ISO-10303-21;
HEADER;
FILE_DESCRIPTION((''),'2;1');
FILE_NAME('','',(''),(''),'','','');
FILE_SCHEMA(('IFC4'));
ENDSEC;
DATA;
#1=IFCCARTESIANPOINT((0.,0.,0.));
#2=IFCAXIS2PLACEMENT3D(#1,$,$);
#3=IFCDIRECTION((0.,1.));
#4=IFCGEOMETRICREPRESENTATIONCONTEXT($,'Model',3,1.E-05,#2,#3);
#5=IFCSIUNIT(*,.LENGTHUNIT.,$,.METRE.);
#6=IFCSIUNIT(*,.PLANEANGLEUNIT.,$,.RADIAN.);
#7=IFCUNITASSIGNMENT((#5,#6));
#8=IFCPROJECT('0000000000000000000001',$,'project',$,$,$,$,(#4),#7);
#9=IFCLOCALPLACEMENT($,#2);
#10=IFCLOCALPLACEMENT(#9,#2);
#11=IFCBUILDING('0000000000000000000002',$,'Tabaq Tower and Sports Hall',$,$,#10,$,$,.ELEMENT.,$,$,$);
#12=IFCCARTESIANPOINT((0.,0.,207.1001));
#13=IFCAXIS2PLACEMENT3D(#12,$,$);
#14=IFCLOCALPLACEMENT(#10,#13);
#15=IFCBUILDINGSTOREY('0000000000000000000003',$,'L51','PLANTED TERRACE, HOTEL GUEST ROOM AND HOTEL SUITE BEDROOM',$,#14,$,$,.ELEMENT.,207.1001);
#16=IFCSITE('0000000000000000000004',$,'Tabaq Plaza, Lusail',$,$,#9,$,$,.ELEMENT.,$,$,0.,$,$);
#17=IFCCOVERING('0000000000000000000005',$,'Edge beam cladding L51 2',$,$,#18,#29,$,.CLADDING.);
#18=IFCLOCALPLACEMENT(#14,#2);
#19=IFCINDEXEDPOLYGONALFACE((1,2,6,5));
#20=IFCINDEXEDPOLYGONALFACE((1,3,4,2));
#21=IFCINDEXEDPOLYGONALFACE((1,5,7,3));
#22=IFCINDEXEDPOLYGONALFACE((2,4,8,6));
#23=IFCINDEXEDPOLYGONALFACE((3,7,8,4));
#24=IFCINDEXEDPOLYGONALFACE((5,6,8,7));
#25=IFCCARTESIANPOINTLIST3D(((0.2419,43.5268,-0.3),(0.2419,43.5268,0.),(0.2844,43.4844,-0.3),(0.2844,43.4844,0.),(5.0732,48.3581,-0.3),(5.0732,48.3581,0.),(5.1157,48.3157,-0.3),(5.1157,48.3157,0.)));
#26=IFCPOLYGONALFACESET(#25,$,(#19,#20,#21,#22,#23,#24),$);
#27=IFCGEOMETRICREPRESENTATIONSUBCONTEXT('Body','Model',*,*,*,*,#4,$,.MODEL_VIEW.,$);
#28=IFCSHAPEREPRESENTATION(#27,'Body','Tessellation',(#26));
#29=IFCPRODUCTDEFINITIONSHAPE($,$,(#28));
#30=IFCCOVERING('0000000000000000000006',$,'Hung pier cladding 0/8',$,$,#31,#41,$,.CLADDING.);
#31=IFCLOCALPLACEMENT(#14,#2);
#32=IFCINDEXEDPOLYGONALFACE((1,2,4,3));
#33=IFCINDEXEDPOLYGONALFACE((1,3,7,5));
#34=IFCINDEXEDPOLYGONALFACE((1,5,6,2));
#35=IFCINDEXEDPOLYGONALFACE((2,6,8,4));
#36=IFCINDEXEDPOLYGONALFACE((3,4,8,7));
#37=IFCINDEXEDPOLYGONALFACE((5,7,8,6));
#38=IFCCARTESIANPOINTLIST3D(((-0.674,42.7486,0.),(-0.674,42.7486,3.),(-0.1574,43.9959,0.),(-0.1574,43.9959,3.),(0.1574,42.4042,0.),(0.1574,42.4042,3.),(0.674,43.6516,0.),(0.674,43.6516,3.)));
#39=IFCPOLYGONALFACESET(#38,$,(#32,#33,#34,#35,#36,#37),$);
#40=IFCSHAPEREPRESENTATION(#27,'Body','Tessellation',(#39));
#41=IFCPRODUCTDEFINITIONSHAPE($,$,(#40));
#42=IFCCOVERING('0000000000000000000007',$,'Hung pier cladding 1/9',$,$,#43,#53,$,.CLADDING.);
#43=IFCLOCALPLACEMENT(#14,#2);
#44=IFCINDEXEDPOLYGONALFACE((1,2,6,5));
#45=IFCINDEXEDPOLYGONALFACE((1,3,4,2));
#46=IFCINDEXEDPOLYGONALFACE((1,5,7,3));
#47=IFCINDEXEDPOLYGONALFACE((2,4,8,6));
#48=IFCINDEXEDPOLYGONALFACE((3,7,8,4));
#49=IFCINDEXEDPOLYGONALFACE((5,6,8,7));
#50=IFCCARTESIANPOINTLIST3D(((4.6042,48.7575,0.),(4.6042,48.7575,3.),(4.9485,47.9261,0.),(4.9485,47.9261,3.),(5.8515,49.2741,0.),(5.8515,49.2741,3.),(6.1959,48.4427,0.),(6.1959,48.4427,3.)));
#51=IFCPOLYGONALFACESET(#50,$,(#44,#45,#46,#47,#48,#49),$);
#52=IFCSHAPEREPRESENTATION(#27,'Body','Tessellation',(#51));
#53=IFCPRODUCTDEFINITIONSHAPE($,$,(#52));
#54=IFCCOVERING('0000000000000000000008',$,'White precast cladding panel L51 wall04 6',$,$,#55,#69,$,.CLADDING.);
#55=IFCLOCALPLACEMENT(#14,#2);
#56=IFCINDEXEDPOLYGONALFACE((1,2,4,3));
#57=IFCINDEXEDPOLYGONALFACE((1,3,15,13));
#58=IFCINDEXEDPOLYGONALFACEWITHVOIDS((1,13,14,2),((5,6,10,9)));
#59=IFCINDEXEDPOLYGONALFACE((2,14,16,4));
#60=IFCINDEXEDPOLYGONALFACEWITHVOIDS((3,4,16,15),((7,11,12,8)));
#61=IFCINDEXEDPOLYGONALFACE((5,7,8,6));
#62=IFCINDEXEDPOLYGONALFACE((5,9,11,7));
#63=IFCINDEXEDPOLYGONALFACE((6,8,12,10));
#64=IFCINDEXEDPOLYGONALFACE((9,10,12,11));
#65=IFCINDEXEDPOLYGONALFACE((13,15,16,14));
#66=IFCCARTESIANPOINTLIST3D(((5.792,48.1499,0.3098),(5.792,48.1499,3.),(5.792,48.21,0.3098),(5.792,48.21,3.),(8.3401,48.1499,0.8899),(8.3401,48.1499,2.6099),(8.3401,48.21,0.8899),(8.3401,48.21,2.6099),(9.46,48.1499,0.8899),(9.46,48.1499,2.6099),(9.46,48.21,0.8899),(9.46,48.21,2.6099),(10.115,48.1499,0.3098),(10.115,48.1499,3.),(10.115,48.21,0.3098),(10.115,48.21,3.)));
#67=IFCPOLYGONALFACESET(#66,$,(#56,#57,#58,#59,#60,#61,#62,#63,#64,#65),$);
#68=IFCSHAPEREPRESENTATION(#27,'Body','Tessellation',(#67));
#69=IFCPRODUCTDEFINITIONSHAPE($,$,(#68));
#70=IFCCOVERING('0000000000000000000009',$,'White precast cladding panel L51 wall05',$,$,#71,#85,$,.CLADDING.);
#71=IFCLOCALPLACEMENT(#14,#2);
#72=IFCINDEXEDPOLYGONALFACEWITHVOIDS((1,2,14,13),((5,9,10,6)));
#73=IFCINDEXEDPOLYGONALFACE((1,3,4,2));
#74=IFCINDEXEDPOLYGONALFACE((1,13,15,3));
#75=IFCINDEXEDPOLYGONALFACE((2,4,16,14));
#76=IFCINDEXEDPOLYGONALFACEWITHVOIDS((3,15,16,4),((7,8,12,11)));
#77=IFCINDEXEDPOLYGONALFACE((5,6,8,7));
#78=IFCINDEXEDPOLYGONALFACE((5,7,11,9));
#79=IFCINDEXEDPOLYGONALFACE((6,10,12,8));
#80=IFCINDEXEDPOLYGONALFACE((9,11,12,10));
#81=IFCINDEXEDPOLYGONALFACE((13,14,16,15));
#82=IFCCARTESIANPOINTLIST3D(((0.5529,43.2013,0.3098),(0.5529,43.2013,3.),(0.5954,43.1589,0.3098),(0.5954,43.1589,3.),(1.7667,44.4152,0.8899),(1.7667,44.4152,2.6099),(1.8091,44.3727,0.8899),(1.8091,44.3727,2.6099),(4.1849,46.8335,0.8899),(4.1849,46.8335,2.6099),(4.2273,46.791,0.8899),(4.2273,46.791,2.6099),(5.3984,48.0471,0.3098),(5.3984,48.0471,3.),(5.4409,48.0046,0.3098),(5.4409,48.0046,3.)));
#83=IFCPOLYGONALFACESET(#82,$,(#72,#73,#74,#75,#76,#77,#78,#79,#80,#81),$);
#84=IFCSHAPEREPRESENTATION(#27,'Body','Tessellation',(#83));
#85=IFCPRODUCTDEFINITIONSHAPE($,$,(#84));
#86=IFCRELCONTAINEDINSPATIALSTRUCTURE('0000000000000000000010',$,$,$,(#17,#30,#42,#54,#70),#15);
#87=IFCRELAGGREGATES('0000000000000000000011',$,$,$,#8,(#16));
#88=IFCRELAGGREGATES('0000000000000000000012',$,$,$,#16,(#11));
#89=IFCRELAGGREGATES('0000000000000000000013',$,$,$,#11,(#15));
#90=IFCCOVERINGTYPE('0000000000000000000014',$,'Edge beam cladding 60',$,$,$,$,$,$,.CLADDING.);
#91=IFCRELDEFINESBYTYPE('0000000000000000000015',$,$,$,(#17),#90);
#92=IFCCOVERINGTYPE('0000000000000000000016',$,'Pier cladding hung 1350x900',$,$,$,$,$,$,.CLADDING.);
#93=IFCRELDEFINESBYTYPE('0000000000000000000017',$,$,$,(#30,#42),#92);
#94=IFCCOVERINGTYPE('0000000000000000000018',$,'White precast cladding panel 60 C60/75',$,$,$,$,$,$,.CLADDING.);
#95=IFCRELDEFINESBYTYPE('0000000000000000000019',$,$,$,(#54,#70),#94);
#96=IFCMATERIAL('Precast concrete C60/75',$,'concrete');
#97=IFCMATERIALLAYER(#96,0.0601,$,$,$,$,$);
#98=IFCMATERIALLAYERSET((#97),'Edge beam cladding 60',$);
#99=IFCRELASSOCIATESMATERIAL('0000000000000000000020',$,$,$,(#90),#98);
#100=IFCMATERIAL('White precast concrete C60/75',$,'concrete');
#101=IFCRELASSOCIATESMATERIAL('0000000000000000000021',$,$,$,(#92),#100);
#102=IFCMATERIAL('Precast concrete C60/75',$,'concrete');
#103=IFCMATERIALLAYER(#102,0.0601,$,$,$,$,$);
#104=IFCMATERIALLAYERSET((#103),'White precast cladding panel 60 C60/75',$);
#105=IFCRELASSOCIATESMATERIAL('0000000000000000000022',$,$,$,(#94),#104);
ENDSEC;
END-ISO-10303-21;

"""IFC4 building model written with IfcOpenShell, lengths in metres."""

from ifc_helpers import new_model, si_unit, direction, frame, frame_2d, origin, place, context, subcontext, project, spatial, polyline, rectangle, outline, extrude, material, layer, layer_set, type_object, element, save


model = new_model("IFC4")

# Units and contexts
model_context = context("Model", 3, precision=1e-05, world=origin(), true_north=direction((0.0, 1.0)))
body_context = subcontext(model_context, "Body", "Model", "MODEL_VIEW")
ifc_project = project(units=[si_unit("LENGTHUNIT", "METRE"), si_unit("PLANEANGLEUNIT", "RADIAN")], contexts=[model_context])

# Site, building, storey
site_placement = place(None, origin())
site = spatial("IfcSite", under=ifc_project, at=site_placement, Name="Tabaq Plaza, Lusail", CompositionType="ELEMENT", RefElevation=0.0)
building_placement = place(site_placement, origin())
building = spatial("IfcBuilding", under=site, at=building_placement, Name="Tabaq Tower and Sports Hall", CompositionType="ELEMENT")
storey_placement = place(building_placement, frame((0.0, 0.0, 207.1001)))
storey = spatial("IfcBuildingStorey", under=building, at=storey_placement, Name="L51", Description="PLANTED TERRACE, HOTEL GUEST ROOM AND HOTEL SUITE BEDROOM", CompositionType="ELEMENT", Elevation=207.1001)

# Coverings
ifc_material_1 = material(Name="Precast concrete C60/75", Category="concrete")
ifc_layer_1 = layer(ifc_material_1, 0.0601)
ifc_layer_set_1 = layer_set([ifc_layer_1], Name="Edge beam cladding 60")
covering_type_1 = type_object("IfcCoveringType", Name="Edge beam cladding 60", PredefinedType="CLADDING", material=ifc_layer_set_1)
covering_1_placement = place(storey_placement, frame((5.0945, 48.3369, -0.3), z_axis=(0.0, 0.0, 1.0), x_axis=(-0.707107, -0.707107, 0.0)))
element("IfcCovering", 1, at=covering_1_placement, inside=storey, type_object=covering_type_1, Name="Edge beam cladding L51 2", PredefinedType="CLADDING", context=body_context, shape_type="SweptSolid", body=[
    extrude(rectangle(XDim=6.8325, YDim=0.0601, at=frame_2d((3.4163, 0.0))), origin(), (0.0, 0.0, 1.0), 0.3),
])
ifc_material_2 = material(Name="White precast concrete C60/75", Category="concrete")
covering_type_2 = type_object("IfcCoveringType", Name="Pier cladding hung 1350x900", PredefinedType="CLADDING", material=ifc_material_2)
for number, where, z_axis, x_axis, name in (
    (2, (0.2583, 43.8237, 0.0), (0.0, 0.0, 1.0), (-0.38265, -0.923893, 0.0), "Hung pier cladding 0/8"),
    (3, (6.0237, 48.8584, 0.0), (0.0, 0.0, 1.0), (-0.923893, -0.38265, 0.0), "Hung pier cladding 1/9"),
):
    element("IfcCovering", number, at=place(storey_placement, frame(where, z_axis=z_axis, x_axis=x_axis)), inside=storey, type_object=covering_type_2, Name=name, PredefinedType="CLADDING", context=body_context, shape_type="SweptSolid", body=[
        extrude(rectangle(XDim=1.3501, YDim=0.8999, at=frame_2d((0.675, 0.0))), origin(), (0.0, 0.0, 1.0), 3.0),
    ])
ifc_material_3 = material(Name="Precast concrete C60/75", Category="concrete")
ifc_layer_2 = layer(ifc_material_3, 0.0601)
ifc_layer_set_2 = layer_set([ifc_layer_2], Name="White precast cladding panel 60 C60/75")
covering_type_3 = type_object("IfcCoveringType", Name="White precast cladding panel 60 C60/75", PredefinedType="CLADDING", material=ifc_layer_set_2)
covering_2_placement = place(storey_placement, frame((10.115, 48.1799, 0.3098), z_axis=(0.0, 0.0, 1.0), x_axis=(-1.0, 0.0, 0.0)))
element("IfcCovering", 4, at=covering_2_placement, inside=storey, type_object=covering_type_3, Name="White precast cladding panel L51 wall04 6", PredefinedType="CLADDING", context=body_context, shape_type="SweptSolid", body=[
    extrude(outline(polyline([(0.0, 0.0), (4.323, 0.0), (4.323, 2.6902), (0.0, 2.6902), (0.0, 0.0)]), holes=[polyline([(0.655, 0.5801), (0.655, 2.3), (1.7749, 2.3), (1.7749, 0.5801), (0.655, 0.5801)])]), frame((0.0, 0.03, 0.0), z_axis=(0.0, -1.0, 0.0), x_axis=(1.0, 0.0, 0.0)), (0.0, 0.0, 1.0), 0.0601),
])
covering_3_placement = place(storey_placement, frame((5.4197, 48.0259, 0.3098), z_axis=(0.0, 0.0, 1.0), x_axis=(-0.707089, -0.707125, 0.0)))
element("IfcCovering", 5, at=covering_3_placement, inside=storey, type_object=covering_type_3, Name="White precast cladding panel L51 wall05", PredefinedType="CLADDING", context=body_context, shape_type="SweptSolid", body=[
    extrude(outline(polyline([(0.0, 0.0), (6.8528, 0.0), (6.8528, 2.6902), (0.0, 2.6902), (0.0, 0.0)]), holes=[polyline([(1.7163, 0.5801), (1.7163, 2.3), (5.1362, 2.3), (5.1362, 0.5801), (1.7163, 0.5801)])]), frame((0.0, 0.03, 0.0), z_axis=(0.0, -1.0, 0.0), x_axis=(1.0, 0.0, 0.0)), (0.0, 0.0, 1.0), 0.0601),
])

save(model, "model.ifc")
